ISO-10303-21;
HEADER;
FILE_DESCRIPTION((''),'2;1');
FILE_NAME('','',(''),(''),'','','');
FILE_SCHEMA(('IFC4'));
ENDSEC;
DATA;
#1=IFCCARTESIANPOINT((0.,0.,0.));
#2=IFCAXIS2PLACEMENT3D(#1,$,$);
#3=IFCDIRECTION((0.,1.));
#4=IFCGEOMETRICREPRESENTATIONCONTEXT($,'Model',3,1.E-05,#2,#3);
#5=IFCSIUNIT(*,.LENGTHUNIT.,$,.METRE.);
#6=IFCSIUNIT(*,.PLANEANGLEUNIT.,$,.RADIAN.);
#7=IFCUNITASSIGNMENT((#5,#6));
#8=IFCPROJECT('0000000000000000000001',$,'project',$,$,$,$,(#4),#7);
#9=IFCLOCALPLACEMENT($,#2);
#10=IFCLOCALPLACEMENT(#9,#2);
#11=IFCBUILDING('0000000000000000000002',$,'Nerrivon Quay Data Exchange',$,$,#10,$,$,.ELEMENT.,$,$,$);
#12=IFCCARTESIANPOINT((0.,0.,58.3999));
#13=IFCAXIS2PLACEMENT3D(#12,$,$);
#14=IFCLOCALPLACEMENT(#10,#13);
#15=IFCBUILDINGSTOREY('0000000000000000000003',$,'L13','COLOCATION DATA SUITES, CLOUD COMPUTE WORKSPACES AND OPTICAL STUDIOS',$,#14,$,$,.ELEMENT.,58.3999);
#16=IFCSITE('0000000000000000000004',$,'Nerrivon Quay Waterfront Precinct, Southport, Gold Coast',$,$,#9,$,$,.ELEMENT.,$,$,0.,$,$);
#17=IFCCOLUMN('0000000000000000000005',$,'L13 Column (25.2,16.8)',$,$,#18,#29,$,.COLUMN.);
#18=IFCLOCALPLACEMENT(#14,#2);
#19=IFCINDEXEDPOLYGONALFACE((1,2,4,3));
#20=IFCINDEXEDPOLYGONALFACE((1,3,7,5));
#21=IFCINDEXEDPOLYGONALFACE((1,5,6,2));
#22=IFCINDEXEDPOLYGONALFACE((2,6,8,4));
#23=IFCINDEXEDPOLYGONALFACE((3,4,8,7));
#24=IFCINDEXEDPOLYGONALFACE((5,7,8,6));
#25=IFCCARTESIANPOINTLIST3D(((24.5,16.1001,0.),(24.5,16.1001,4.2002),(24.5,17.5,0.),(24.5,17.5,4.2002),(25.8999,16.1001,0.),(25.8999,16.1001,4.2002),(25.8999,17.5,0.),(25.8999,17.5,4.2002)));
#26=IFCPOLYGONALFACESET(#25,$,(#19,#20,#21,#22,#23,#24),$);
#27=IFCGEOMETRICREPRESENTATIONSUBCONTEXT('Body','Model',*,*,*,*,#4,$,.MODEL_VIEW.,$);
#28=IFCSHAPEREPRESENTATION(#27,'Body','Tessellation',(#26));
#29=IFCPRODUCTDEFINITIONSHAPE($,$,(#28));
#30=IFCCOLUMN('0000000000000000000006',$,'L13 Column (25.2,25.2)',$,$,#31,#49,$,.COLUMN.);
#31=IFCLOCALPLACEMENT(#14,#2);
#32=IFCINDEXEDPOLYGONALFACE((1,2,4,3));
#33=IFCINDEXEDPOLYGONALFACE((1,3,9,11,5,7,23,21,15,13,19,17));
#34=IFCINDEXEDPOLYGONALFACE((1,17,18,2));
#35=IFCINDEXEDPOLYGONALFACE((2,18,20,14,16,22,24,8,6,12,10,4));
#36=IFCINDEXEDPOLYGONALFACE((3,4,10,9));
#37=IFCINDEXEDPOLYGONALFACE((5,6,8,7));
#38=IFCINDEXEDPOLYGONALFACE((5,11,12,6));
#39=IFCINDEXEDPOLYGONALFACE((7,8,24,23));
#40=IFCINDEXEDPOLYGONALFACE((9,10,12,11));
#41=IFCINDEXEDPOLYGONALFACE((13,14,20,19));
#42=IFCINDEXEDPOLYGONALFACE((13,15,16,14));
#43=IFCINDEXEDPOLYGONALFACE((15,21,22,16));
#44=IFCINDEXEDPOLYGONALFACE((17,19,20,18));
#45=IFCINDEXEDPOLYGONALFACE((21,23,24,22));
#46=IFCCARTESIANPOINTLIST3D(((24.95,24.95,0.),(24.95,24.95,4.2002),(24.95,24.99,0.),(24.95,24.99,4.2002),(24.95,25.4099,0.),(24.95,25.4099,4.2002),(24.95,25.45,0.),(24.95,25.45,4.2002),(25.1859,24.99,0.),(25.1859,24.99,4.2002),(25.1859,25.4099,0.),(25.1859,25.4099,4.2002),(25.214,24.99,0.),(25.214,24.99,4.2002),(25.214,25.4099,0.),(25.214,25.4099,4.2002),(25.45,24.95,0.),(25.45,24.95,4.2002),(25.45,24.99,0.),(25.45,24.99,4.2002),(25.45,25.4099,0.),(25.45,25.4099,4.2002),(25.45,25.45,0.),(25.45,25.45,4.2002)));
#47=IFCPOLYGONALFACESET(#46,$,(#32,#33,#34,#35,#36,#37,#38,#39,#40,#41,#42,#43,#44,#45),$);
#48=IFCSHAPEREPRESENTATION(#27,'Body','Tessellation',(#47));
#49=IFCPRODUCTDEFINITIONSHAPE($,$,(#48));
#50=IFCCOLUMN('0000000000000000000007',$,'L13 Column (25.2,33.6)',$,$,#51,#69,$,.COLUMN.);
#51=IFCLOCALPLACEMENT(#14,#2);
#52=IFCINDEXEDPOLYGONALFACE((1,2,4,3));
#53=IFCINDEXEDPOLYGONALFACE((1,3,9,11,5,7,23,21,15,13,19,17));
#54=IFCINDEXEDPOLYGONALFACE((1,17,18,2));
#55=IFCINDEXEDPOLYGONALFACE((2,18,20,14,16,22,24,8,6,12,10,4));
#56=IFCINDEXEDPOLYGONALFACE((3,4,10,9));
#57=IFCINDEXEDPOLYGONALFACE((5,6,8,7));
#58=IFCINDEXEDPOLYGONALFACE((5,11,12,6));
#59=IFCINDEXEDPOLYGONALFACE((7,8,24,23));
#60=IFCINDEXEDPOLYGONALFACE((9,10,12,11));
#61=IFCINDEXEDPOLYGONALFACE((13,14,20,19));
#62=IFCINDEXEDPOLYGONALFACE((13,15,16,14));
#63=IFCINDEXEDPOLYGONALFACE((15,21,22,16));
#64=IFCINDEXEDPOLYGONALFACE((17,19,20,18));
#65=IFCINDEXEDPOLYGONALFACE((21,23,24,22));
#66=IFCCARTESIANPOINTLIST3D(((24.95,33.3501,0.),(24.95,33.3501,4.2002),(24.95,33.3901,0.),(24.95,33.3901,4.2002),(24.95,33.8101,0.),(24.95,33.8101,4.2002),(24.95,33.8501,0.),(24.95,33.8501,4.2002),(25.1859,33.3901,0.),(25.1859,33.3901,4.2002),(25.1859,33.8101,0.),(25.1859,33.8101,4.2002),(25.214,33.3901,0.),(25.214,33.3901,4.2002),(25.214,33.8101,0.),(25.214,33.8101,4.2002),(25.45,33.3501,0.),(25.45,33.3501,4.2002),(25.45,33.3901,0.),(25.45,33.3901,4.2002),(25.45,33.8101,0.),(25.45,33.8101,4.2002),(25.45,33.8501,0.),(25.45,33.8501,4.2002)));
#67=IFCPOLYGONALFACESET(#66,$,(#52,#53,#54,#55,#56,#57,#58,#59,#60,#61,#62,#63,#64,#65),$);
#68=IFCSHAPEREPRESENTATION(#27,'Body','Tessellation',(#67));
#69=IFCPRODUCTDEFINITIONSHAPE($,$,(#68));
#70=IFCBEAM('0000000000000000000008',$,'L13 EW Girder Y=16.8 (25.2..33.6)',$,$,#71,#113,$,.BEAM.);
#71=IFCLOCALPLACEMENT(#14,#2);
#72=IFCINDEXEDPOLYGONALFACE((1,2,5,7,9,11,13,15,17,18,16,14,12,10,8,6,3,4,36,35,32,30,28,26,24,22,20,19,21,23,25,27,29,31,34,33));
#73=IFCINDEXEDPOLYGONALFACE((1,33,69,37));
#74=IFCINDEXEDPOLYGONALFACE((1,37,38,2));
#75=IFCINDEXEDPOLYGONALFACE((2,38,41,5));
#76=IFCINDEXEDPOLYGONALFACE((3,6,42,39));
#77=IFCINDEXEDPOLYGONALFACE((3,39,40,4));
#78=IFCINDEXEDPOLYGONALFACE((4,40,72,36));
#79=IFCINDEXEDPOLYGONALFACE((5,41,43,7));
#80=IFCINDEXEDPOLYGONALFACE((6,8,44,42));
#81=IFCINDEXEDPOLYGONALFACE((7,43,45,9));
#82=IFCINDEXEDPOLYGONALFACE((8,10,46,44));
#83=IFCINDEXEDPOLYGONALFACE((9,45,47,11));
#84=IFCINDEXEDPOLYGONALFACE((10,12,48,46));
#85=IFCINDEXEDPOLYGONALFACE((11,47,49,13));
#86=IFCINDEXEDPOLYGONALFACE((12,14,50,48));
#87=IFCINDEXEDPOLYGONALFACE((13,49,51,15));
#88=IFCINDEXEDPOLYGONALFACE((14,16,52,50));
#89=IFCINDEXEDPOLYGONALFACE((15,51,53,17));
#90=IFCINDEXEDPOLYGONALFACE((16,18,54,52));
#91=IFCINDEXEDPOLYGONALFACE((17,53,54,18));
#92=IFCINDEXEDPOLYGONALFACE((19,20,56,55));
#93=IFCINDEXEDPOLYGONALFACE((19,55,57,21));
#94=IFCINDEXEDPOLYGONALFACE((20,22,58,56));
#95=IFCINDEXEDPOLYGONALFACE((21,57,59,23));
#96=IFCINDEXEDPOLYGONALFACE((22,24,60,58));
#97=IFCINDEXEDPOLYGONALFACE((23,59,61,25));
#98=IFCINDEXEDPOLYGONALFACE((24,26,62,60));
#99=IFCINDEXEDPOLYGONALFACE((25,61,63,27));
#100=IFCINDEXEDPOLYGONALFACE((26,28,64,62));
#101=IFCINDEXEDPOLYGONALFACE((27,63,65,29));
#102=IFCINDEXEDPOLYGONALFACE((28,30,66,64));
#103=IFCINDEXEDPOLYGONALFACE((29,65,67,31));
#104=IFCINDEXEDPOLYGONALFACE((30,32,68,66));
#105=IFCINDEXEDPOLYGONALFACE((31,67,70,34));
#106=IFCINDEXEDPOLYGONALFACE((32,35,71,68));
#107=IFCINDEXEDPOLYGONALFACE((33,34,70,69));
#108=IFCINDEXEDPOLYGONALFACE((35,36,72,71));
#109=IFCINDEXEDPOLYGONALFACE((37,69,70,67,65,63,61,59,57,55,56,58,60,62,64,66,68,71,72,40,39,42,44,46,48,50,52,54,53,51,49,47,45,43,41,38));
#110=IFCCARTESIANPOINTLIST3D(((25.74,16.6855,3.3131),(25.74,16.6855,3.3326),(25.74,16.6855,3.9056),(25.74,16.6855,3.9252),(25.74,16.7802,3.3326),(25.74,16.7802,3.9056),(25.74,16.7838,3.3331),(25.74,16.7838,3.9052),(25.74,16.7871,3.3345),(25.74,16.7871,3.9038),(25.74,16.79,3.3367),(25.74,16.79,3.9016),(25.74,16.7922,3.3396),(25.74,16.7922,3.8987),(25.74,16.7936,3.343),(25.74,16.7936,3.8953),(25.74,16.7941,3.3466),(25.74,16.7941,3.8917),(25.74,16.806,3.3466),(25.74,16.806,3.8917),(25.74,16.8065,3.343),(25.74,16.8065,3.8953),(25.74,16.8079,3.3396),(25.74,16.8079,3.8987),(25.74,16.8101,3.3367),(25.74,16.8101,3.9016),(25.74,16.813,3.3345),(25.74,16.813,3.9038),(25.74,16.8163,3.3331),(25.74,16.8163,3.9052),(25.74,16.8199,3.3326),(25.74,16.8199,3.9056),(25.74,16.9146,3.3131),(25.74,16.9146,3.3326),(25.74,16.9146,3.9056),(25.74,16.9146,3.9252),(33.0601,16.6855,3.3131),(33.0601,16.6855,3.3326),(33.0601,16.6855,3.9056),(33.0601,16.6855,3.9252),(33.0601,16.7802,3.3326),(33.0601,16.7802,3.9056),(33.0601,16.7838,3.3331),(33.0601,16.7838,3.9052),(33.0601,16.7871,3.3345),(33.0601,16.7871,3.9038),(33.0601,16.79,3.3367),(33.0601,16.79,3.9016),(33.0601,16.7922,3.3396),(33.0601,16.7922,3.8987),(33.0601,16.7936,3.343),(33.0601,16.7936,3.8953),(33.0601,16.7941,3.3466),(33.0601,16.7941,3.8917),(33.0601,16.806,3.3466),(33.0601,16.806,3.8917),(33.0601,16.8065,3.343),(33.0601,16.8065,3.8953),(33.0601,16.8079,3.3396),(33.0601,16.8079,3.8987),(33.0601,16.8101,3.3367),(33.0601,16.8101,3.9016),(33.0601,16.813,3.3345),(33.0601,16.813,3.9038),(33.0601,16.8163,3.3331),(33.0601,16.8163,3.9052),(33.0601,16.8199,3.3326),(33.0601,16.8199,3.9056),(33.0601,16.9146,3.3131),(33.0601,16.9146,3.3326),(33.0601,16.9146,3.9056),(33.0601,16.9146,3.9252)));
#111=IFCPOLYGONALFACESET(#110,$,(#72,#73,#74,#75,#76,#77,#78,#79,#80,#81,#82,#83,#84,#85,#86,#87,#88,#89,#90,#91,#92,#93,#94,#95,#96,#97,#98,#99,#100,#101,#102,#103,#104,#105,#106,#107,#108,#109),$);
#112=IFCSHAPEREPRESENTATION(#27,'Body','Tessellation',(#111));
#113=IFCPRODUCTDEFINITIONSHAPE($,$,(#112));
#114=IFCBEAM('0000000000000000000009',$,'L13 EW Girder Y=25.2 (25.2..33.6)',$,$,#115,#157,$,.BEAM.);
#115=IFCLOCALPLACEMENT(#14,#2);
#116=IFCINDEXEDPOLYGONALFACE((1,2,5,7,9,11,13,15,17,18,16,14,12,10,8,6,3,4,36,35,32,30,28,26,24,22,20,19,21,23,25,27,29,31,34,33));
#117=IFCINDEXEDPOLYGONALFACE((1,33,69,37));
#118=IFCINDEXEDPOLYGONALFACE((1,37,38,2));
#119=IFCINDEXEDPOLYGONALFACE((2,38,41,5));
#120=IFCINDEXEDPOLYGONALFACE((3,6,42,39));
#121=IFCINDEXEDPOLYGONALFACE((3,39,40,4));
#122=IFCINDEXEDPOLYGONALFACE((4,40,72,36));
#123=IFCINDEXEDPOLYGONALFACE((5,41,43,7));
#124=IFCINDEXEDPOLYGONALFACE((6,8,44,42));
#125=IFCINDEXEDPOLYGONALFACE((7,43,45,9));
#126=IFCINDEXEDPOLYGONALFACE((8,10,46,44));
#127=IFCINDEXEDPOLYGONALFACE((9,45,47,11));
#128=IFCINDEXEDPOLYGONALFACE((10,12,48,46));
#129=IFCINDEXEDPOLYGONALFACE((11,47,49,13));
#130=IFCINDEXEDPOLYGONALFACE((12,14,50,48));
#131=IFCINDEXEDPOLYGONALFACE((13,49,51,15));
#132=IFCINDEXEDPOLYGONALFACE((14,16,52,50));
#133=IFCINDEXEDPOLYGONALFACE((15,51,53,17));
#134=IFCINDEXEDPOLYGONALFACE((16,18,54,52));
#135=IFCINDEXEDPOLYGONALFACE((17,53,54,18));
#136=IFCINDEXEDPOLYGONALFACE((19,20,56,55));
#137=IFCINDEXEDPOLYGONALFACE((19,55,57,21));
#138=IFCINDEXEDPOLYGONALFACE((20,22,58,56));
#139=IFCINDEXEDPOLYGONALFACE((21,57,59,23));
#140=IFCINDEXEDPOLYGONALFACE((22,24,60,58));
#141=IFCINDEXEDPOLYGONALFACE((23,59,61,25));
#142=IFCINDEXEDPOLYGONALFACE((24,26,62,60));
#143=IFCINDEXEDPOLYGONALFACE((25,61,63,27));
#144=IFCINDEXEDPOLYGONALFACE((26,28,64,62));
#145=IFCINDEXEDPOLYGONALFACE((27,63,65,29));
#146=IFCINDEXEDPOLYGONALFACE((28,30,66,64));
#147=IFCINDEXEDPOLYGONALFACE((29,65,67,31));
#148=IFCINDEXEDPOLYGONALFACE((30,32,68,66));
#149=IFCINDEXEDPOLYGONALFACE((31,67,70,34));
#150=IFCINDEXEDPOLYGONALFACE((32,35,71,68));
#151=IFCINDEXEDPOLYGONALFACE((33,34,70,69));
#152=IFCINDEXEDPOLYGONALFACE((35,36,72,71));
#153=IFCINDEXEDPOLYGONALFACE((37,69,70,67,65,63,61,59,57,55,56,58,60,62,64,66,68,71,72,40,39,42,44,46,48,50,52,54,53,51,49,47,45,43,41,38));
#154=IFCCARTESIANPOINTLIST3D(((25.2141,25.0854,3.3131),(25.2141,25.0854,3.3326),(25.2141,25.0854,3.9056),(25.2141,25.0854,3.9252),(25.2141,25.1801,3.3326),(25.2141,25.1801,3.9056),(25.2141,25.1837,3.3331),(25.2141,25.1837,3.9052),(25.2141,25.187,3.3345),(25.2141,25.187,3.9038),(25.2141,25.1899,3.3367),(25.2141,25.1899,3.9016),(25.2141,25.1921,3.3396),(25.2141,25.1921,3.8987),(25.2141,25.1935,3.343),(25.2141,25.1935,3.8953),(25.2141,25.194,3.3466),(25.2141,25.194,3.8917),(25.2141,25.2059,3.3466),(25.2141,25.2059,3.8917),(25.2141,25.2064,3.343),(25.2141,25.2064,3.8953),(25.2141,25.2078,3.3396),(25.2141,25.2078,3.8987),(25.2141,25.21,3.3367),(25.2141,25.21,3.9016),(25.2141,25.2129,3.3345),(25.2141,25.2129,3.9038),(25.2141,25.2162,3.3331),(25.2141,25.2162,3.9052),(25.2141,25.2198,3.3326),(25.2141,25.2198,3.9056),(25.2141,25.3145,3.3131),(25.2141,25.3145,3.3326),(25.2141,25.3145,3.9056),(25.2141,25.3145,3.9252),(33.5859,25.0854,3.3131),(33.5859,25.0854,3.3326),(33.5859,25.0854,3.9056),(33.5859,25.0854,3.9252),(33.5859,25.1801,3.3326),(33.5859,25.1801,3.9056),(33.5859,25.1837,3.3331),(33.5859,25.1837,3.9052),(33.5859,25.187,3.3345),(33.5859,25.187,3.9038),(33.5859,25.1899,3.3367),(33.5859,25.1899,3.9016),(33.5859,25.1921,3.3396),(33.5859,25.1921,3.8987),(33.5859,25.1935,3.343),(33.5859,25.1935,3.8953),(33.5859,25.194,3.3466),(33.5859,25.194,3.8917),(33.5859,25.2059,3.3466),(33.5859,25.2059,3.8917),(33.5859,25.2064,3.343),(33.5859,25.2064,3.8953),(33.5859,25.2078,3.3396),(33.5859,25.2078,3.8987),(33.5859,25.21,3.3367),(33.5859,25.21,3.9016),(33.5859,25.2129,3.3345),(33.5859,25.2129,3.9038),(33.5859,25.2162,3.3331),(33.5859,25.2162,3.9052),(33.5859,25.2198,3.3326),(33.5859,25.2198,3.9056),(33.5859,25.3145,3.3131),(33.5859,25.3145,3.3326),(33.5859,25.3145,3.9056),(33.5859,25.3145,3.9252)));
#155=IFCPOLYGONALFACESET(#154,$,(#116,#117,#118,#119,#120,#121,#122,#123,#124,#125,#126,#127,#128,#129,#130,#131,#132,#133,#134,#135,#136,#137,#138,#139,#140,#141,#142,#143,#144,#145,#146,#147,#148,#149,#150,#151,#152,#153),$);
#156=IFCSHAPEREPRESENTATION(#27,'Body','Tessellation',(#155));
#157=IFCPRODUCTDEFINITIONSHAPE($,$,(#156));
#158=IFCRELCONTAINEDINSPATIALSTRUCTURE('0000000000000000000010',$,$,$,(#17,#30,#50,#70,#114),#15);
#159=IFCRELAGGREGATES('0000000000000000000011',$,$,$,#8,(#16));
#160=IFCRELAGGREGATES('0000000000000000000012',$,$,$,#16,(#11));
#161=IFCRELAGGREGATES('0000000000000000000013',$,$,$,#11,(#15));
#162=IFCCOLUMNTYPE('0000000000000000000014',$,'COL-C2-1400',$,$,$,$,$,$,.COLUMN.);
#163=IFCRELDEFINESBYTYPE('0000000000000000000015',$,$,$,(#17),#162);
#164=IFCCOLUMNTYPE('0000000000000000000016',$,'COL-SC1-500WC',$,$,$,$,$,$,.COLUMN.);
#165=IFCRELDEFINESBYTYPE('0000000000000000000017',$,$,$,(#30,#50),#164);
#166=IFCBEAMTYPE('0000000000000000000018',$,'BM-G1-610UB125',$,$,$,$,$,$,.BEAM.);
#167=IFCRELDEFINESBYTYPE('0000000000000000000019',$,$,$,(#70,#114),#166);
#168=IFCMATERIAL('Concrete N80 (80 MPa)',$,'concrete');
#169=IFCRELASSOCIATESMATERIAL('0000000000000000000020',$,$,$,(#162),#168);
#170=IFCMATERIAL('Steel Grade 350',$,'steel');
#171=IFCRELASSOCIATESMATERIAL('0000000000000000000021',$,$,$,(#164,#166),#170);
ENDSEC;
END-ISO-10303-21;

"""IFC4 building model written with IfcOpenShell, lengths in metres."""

from ifc_helpers import new_model, si_unit, direction, frame, origin, origin_2d, place, context, subcontext, project, spatial, rectangle, i_section, extrude, material, material_profile, profile_set, type_object, element, save


model = new_model("IFC4")

# Units and contexts
model_context = context("Model", 3, precision=1e-05, world=origin(), true_north=direction((0.0, 1.0)))
body_context = subcontext(model_context, "Body", "Model", "MODEL_VIEW")
ifc_project = project(units=[si_unit("LENGTHUNIT", "METRE"), si_unit("PLANEANGLEUNIT", "RADIAN")], contexts=[model_context])

# Site, building, storey
site_placement = place(None, origin())
site = spatial("IfcSite", under=ifc_project, at=site_placement, Name="Nerrivon Quay Waterfront Precinct, Southport, Gold Coast", CompositionType="ELEMENT", RefElevation=0.0)
building_placement = place(site_placement, origin())
building = spatial("IfcBuilding", under=site, at=building_placement, Name="Nerrivon Quay Data Exchange", CompositionType="ELEMENT")
storey_placement = place(building_placement, frame((0.0, 0.0, 58.3999)))
storey = spatial("IfcBuildingStorey", under=building, at=storey_placement, Name="L13", Description="COLOCATION DATA SUITES, CLOUD COMPUTE WORKSPACES AND OPTICAL STUDIOS", CompositionType="ELEMENT", Elevation=58.3999)

# Columns
ifc_material_1 = material(Name="Concrete N80 (80 MPa)", Category="concrete")
ifc_material_profile_1 = material_profile(ifc_material_1, rectangle(XDim=1.3999, YDim=1.3999, at=origin_2d()), Name="RC-COL-1400x1400")
ifc_profile_set_1 = profile_set([ifc_material_profile_1], Name="Concrete N80 (80 MPa)")
column_type_1 = type_object("IfcColumnType", Name="COL-C2-1400", PredefinedType="COLUMN", material=ifc_profile_set_1)
column_placement = place(storey_placement, frame((25.2, 16.8, 0.0), z_axis=(0.0, 0.0, 1.0), x_axis=(1.0, 0.0, 0.0)))
element("IfcColumn", 1, at=column_placement, inside=storey, type_object=column_type_1, Name="L13 Column (25.2,16.8)", PredefinedType="COLUMN", context=body_context, shape_type="SweptSolid", body=[
    extrude(rectangle(XDim=1.3999, YDim=1.3999, at=origin_2d()), origin(), (0.0, 0.0, 1.0), 4.2002),
])
ifc_material_2 = material(Name="Steel Grade 350", Category="steel")
ifc_material_profile_2 = material_profile(ifc_material_2, i_section(OverallWidth=0.5, OverallDepth=0.5, WebThickness=0.0281, FlangeThickness=0.04, at=origin_2d()), Name="500WC440")
ifc_profile_set_2 = profile_set([ifc_material_profile_2], Name="Steel Grade 350")
column_type_2 = type_object("IfcColumnType", Name="COL-SC1-500WC", PredefinedType="COLUMN", material=ifc_profile_set_2)
for number, where, z_axis, x_axis, name in (
    (2, (25.2, 25.2, 0.0), (0.0, 0.0, 1.0), (1.0, 0.0, 0.0), "L13 Column (25.2,25.2)"),
    (3, (25.2, 33.6001, 0.0), (0.0, 0.0, 1.0), (1.0, 0.0, 0.0), "L13 Column (25.2,33.6)"),
):
    element("IfcColumn", number, at=place(storey_placement, frame(where, z_axis=z_axis, x_axis=x_axis)), inside=storey, type_object=column_type_2, Name=name, PredefinedType="COLUMN", context=body_context, shape_type="SweptSolid", body=[
        extrude(i_section(OverallWidth=0.5, OverallDepth=0.5, WebThickness=0.0281, FlangeThickness=0.04, at=origin_2d()), origin(), (0.0, 0.0, 1.0), 4.2002),
    ])

# Beams
ifc_material_profile_3 = material_profile(ifc_material_2, i_section(OverallWidth=0.229, OverallDepth=0.6121, WebThickness=0.012, FlangeThickness=0.0195, FilletRadius=0.0139, at=origin_2d()), Name="610UB125")
ifc_profile_set_3 = profile_set([ifc_material_profile_3], Name="Steel Grade 350")
beam_type_1 = type_object("IfcBeamType", Name="BM-G1-610UB125", PredefinedType="BEAM", material=ifc_profile_set_3)
beam_1_placement = place(storey_placement, frame((25.74, 16.8, 3.6191), z_axis=(1.0, 0.0, 0.0), x_axis=(0.0, 1.0, 0.0)))
element("IfcBeam", 4, at=beam_1_placement, inside=storey, type_object=beam_type_1, Name="L13 EW Girder Y=16.8 (25.2..33.6)", PredefinedType="BEAM", context=body_context, shape_type="SweptSolid", body=[
    extrude(i_section(OverallWidth=0.229, OverallDepth=0.6121, WebThickness=0.012, FlangeThickness=0.0195, FilletRadius=0.0139, at=origin_2d()), origin(), (0.0, 0.0, 1.0), 7.3201),
])
beam_2_placement = place(storey_placement, frame((25.2141, 25.2, 3.6191), z_axis=(1.0, 0.0, 0.0), x_axis=(0.0, 1.0, 0.0)))
element("IfcBeam", 5, at=beam_2_placement, inside=storey, type_object=beam_type_1, Name="L13 EW Girder Y=25.2 (25.2..33.6)", PredefinedType="BEAM", context=body_context, shape_type="SweptSolid", body=[
    extrude(i_section(OverallWidth=0.229, OverallDepth=0.6121, WebThickness=0.012, FlangeThickness=0.0195, FilletRadius=0.0139, at=origin_2d()), origin(), (0.0, 0.0, 1.0), 8.3718),
])

save(model, "model.ifc")
